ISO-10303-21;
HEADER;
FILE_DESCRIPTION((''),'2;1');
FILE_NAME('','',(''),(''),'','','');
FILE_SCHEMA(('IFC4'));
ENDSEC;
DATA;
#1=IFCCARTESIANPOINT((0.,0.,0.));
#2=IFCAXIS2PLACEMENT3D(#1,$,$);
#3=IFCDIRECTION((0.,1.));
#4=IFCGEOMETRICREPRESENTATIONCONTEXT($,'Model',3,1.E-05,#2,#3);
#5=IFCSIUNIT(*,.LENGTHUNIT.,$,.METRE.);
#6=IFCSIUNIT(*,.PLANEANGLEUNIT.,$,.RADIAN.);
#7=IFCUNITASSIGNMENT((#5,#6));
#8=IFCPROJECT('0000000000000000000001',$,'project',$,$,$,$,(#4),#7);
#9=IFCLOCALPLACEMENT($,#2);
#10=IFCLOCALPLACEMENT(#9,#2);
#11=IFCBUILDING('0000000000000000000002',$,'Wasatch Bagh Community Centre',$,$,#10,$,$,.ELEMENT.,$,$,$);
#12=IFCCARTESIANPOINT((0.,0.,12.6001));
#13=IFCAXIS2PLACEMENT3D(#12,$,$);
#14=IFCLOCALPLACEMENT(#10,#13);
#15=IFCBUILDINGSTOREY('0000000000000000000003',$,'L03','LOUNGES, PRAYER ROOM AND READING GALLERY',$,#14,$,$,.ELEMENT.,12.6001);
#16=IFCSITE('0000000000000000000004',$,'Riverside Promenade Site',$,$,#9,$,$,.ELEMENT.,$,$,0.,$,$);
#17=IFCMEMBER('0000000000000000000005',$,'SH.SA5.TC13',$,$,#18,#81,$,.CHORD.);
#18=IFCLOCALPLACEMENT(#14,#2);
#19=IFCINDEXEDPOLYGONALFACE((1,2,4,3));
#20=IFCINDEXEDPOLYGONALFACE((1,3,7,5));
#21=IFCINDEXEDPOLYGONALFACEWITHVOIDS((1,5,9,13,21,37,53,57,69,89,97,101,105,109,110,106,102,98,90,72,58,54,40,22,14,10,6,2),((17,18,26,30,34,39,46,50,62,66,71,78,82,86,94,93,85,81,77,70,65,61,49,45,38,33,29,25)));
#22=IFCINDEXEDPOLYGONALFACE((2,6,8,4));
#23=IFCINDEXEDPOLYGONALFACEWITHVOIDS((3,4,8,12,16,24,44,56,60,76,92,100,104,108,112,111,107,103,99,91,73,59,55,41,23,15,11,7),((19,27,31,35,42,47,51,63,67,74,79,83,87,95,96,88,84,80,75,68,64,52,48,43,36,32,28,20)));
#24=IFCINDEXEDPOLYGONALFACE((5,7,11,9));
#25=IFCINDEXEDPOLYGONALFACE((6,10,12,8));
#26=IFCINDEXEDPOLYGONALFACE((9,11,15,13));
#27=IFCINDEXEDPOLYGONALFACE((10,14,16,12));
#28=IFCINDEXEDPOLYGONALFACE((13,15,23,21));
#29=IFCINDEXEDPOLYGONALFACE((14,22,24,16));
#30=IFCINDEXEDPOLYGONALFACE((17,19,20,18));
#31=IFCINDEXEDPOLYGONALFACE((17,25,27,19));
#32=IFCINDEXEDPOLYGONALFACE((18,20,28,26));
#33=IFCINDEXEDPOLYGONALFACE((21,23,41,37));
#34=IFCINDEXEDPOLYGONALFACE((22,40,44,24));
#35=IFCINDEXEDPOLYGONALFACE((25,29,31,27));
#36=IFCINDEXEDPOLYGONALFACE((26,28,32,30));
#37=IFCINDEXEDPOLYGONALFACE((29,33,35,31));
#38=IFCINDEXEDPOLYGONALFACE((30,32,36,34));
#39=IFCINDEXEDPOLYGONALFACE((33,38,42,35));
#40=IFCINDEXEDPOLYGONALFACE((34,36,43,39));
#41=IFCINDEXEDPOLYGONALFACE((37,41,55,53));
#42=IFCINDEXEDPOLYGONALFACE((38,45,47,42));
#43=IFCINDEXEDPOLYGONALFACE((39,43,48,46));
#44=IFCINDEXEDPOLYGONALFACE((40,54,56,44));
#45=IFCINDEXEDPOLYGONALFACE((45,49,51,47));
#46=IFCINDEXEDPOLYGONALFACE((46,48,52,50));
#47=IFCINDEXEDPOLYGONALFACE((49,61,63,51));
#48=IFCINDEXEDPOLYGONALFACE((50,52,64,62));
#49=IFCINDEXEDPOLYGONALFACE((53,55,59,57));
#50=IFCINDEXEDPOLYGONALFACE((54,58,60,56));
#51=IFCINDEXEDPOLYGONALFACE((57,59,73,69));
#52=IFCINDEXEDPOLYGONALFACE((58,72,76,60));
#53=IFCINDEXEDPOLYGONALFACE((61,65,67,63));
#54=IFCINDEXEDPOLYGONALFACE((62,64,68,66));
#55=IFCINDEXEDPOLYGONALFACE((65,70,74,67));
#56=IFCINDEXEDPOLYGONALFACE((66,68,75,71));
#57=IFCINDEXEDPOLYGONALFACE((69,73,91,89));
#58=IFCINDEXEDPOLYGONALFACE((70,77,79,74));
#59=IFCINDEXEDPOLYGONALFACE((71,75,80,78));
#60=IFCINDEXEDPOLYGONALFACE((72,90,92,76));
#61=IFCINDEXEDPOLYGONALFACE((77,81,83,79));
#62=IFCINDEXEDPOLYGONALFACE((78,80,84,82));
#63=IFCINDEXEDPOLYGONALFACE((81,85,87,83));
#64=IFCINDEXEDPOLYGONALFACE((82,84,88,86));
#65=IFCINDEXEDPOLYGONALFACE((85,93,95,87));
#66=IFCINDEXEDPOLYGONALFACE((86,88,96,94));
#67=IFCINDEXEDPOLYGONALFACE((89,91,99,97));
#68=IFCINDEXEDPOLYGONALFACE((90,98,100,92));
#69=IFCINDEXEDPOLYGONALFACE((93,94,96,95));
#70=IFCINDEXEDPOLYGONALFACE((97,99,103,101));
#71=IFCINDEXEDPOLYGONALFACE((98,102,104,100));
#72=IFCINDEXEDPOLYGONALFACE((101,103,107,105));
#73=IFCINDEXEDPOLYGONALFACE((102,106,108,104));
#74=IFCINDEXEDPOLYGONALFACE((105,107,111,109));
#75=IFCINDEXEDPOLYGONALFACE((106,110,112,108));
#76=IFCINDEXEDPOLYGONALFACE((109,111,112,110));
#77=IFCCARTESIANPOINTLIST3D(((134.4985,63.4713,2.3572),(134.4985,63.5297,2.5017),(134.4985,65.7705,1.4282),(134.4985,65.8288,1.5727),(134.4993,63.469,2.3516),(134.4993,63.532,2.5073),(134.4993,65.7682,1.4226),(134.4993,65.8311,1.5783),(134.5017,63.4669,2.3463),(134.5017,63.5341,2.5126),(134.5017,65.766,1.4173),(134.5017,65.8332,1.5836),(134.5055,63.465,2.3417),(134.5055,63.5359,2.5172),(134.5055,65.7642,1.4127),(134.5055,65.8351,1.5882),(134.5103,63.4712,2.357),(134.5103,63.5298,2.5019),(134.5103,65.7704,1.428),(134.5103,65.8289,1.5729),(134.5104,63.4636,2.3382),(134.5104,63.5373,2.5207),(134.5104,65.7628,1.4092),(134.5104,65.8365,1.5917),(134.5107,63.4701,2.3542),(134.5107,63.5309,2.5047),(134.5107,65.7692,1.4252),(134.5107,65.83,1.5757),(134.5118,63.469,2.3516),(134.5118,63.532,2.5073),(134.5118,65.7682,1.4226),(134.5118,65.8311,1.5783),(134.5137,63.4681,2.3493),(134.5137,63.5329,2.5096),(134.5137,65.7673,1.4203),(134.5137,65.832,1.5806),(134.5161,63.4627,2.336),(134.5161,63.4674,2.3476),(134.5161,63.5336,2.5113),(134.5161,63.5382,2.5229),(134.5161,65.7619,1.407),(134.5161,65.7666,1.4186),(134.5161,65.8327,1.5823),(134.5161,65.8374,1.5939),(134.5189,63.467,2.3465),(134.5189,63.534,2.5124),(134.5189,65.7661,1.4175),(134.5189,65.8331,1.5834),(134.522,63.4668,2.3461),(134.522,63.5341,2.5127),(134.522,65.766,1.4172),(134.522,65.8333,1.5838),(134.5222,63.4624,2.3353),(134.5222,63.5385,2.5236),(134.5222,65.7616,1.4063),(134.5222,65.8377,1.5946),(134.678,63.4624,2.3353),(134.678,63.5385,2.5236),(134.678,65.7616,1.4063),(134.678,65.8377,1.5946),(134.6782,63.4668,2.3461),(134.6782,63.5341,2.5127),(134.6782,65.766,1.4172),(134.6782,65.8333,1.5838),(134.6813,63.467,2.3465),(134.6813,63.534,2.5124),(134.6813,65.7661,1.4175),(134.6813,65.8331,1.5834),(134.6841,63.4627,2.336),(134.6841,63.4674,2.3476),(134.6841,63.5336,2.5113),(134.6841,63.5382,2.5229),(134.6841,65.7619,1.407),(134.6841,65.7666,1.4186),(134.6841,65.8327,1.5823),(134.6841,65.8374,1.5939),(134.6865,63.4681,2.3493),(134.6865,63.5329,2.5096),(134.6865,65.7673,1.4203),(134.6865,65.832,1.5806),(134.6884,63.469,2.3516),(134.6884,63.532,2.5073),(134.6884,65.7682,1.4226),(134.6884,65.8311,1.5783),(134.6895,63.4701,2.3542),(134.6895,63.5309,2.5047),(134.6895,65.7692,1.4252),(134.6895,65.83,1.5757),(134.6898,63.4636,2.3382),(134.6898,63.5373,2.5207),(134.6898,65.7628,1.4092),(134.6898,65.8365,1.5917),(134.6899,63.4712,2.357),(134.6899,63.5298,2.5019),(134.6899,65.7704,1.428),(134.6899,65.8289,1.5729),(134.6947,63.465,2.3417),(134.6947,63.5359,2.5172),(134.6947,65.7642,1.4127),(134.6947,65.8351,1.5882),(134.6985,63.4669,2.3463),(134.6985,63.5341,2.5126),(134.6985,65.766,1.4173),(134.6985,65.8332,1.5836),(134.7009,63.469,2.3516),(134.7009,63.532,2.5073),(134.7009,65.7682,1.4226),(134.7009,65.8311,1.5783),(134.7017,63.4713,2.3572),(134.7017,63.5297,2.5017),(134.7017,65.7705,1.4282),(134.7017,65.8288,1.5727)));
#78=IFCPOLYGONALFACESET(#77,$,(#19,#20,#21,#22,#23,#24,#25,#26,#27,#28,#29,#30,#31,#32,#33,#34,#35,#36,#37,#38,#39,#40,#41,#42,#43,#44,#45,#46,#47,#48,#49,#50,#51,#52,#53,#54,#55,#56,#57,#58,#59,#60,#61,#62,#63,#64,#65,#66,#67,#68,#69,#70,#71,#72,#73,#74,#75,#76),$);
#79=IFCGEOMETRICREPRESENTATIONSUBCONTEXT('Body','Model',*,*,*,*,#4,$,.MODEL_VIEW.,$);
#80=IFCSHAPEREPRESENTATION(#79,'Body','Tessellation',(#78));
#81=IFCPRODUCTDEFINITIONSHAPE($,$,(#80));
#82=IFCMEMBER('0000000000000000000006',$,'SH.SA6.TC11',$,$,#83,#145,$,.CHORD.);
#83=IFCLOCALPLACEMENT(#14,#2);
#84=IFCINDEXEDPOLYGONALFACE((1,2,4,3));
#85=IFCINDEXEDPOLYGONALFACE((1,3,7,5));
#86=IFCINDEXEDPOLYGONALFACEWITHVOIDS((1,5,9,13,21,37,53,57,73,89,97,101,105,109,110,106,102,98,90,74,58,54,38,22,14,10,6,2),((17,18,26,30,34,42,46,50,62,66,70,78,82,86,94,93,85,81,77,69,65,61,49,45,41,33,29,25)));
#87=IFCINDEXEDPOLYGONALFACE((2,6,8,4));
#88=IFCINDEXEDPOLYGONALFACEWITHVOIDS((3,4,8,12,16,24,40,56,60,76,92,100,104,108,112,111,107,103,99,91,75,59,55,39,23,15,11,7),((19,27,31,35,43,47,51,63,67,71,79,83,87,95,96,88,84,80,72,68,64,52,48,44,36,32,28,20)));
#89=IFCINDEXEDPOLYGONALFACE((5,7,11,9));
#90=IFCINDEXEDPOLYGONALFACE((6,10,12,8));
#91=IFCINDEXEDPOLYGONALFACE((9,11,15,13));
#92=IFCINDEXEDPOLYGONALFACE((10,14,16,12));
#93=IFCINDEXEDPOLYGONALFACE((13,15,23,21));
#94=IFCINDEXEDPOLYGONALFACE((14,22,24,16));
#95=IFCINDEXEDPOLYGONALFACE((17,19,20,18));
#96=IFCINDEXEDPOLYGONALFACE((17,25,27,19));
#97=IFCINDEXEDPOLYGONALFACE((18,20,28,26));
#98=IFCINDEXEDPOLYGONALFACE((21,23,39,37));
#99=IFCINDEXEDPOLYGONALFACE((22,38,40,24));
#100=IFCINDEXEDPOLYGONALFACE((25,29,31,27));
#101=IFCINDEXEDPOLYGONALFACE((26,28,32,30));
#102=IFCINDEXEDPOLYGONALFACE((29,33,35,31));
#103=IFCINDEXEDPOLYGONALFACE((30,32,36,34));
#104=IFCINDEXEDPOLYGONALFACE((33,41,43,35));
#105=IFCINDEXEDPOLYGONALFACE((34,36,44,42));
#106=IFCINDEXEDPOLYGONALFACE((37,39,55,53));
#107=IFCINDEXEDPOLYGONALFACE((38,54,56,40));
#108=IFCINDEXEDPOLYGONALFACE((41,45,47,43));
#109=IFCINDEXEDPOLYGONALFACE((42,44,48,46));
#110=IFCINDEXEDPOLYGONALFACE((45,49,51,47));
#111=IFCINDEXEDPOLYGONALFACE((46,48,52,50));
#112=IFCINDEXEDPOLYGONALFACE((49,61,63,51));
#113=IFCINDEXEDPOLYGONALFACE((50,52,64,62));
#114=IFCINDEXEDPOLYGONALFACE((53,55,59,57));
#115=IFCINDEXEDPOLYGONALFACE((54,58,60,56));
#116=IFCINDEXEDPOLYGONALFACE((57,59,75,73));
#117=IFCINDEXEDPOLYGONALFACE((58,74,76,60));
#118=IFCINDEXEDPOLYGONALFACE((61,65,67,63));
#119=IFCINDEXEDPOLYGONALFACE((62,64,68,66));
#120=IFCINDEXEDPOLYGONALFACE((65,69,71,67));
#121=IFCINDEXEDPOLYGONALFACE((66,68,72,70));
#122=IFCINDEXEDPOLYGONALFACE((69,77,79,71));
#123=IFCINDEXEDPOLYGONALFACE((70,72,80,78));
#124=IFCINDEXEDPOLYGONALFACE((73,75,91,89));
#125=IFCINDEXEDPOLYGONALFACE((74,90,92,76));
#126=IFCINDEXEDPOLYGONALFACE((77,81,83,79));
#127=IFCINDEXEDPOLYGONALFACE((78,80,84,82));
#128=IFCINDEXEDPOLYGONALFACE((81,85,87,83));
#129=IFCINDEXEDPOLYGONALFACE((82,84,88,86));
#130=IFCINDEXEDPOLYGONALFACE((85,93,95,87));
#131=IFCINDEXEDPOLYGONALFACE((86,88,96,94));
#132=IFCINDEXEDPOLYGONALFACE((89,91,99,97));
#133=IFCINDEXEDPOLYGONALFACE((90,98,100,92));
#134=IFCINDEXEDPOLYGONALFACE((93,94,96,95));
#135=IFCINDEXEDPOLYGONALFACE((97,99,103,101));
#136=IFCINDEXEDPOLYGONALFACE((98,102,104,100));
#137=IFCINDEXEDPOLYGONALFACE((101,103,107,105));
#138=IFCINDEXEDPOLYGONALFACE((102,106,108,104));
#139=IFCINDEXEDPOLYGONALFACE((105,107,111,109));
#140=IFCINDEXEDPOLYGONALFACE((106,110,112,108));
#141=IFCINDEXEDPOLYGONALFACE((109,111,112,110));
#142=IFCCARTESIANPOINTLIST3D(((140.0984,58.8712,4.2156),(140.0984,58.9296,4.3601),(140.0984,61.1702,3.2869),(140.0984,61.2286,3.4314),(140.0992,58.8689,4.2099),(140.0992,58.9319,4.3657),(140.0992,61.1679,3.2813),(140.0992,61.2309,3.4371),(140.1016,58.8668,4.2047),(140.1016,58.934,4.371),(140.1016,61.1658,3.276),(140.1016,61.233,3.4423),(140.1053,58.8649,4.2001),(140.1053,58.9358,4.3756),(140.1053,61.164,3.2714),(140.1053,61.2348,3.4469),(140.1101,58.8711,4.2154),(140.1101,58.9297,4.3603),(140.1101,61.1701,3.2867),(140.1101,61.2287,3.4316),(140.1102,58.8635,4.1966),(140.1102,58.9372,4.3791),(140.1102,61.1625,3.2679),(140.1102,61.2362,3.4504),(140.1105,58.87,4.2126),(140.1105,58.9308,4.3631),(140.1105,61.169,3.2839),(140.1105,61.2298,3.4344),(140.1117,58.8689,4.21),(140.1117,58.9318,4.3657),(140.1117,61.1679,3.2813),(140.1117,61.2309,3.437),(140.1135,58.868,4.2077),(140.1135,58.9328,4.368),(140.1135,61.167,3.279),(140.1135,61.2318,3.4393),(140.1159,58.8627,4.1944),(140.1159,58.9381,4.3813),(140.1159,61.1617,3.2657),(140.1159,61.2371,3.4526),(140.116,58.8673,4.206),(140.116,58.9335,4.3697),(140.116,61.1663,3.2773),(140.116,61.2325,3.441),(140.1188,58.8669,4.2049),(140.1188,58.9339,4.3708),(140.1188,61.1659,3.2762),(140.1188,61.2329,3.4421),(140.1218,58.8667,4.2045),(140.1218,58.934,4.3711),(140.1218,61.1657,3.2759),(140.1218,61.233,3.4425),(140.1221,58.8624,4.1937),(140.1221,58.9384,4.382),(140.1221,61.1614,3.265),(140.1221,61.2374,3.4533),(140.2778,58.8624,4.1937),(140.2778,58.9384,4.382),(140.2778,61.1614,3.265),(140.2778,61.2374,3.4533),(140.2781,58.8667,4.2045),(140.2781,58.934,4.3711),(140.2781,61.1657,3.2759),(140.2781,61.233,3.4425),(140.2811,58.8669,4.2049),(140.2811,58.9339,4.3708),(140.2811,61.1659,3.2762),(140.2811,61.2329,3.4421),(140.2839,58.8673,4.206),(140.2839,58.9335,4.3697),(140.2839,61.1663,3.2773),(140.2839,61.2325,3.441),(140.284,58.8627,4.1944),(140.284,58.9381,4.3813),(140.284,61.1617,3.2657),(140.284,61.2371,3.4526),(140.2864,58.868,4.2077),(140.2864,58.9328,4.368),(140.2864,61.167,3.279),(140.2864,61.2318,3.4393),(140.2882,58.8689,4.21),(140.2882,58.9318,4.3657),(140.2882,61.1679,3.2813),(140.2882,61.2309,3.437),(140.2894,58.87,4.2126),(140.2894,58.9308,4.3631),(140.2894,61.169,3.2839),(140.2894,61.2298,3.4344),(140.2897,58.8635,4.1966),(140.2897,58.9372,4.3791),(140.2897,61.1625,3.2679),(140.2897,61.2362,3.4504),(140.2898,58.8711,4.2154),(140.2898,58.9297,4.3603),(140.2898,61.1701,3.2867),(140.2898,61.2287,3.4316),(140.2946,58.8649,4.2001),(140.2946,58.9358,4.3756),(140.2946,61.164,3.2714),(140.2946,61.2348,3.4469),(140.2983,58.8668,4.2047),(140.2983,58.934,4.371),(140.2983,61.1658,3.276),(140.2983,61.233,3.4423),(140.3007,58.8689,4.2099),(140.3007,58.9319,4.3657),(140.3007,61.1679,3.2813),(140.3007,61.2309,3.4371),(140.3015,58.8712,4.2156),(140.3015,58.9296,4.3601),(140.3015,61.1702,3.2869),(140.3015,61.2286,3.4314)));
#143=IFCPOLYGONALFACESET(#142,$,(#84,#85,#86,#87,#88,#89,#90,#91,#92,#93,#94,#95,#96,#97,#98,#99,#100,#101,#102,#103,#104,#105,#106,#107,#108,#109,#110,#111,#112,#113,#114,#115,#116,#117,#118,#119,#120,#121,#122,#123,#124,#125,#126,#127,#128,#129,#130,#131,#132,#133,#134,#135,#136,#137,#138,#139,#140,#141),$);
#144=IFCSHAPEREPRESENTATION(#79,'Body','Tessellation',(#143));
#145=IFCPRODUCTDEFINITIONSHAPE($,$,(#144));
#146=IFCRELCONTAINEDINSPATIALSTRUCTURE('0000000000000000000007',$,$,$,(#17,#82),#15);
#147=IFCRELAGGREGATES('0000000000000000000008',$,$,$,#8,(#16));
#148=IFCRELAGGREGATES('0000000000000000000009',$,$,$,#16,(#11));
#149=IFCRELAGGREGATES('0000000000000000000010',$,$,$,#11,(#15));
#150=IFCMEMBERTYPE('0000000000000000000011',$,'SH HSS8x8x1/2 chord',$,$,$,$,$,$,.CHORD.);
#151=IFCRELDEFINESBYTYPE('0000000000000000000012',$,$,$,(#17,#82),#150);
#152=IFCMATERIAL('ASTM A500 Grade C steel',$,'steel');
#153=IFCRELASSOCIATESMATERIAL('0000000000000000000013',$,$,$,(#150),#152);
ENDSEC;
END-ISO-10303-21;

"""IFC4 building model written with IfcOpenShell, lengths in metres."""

from ifc_helpers import new_model, si_unit, direction, frame, origin, origin_2d, place, context, subcontext, project, spatial, hollow_rectangle, extrude, material, material_profile, profile_set, type_object, element, save


model = new_model("IFC4")

# Units and contexts
model_context = context("Model", 3, precision=1e-05, world=origin(), true_north=direction((0.0, 1.0)))
body_context = subcontext(model_context, "Body", "Model", "MODEL_VIEW")
ifc_project = project(units=[si_unit("LENGTHUNIT", "METRE"), si_unit("PLANEANGLEUNIT", "RADIAN")], contexts=[model_context])

# Site, building, storey
site_placement = place(None, origin())
site = spatial("IfcSite", under=ifc_project, at=site_placement, Name="Riverside Promenade Site", CompositionType="ELEMENT", RefElevation=0.0)
building_placement = place(site_placement, origin())
building = spatial("IfcBuilding", under=site, at=building_placement, Name="Wasatch Bagh Community Centre", CompositionType="ELEMENT")
storey_placement = place(building_placement, frame((0.0, 0.0, 12.6001)))
storey = spatial("IfcBuildingStorey", under=building, at=storey_placement, Name="L03", Description="LOUNGES, PRAYER ROOM AND READING GALLERY", CompositionType="ELEMENT", Elevation=12.6001)

# Members
ifc_material_1 = material(Name="ASTM A500 Grade C steel", Category="steel")
ifc_material_profile_1 = material_profile(ifc_material_1, hollow_rectangle(XDim=0.2031, YDim=0.2031, WallThickness=0.0117, InnerFilletRadius=0.0117, OuterFilletRadius=0.0237, at=origin_2d()), Name="HSS8x8x1/2")
ifc_profile_set_1 = profile_set([ifc_material_profile_1], Name="ASTM A500 Grade C steel")
member_type_1 = type_object("IfcMemberType", Name="SH HSS8x8x1/2 chord", PredefinedType="CHORD", material=ifc_profile_set_1)
member_1_placement = place(storey_placement, frame((134.6001, 63.5005, 2.4294), z_axis=(0.0, 0.927174, -0.374631), x_axis=(-1.0, 0.0, 0.0)))
element("IfcMember", 1, at=member_1_placement, inside=storey, type_object=member_type_1, Name="SH.SA5.TC13", PredefinedType="CHORD", context=body_context, shape_type="SweptSolid", body=[
    extrude(hollow_rectangle(XDim=0.2031, YDim=0.2031, WallThickness=0.0117, InnerFilletRadius=0.0117, OuterFilletRadius=0.0237, at=origin_2d()), origin(), (0.0, 0.0, 1.0), 2.4797),
])
member_2_placement = place(storey_placement, frame((140.2, 58.9004, 4.2878), z_axis=(0.0, 0.927208, -0.374546), x_axis=(-1.0, 0.0, 0.0)))
element("IfcMember", 2, at=member_2_placement, inside=storey, type_object=member_type_1, Name="SH.SA6.TC11", PredefinedType="CHORD", context=body_context, shape_type="SweptSolid", body=[
    extrude(hollow_rectangle(XDim=0.2031, YDim=0.2031, WallThickness=0.0117, InnerFilletRadius=0.0117, OuterFilletRadius=0.0237, at=origin_2d()), origin(), (0.0, 0.0, 1.0), 2.4795),
])

save(model, "model.ifc")
